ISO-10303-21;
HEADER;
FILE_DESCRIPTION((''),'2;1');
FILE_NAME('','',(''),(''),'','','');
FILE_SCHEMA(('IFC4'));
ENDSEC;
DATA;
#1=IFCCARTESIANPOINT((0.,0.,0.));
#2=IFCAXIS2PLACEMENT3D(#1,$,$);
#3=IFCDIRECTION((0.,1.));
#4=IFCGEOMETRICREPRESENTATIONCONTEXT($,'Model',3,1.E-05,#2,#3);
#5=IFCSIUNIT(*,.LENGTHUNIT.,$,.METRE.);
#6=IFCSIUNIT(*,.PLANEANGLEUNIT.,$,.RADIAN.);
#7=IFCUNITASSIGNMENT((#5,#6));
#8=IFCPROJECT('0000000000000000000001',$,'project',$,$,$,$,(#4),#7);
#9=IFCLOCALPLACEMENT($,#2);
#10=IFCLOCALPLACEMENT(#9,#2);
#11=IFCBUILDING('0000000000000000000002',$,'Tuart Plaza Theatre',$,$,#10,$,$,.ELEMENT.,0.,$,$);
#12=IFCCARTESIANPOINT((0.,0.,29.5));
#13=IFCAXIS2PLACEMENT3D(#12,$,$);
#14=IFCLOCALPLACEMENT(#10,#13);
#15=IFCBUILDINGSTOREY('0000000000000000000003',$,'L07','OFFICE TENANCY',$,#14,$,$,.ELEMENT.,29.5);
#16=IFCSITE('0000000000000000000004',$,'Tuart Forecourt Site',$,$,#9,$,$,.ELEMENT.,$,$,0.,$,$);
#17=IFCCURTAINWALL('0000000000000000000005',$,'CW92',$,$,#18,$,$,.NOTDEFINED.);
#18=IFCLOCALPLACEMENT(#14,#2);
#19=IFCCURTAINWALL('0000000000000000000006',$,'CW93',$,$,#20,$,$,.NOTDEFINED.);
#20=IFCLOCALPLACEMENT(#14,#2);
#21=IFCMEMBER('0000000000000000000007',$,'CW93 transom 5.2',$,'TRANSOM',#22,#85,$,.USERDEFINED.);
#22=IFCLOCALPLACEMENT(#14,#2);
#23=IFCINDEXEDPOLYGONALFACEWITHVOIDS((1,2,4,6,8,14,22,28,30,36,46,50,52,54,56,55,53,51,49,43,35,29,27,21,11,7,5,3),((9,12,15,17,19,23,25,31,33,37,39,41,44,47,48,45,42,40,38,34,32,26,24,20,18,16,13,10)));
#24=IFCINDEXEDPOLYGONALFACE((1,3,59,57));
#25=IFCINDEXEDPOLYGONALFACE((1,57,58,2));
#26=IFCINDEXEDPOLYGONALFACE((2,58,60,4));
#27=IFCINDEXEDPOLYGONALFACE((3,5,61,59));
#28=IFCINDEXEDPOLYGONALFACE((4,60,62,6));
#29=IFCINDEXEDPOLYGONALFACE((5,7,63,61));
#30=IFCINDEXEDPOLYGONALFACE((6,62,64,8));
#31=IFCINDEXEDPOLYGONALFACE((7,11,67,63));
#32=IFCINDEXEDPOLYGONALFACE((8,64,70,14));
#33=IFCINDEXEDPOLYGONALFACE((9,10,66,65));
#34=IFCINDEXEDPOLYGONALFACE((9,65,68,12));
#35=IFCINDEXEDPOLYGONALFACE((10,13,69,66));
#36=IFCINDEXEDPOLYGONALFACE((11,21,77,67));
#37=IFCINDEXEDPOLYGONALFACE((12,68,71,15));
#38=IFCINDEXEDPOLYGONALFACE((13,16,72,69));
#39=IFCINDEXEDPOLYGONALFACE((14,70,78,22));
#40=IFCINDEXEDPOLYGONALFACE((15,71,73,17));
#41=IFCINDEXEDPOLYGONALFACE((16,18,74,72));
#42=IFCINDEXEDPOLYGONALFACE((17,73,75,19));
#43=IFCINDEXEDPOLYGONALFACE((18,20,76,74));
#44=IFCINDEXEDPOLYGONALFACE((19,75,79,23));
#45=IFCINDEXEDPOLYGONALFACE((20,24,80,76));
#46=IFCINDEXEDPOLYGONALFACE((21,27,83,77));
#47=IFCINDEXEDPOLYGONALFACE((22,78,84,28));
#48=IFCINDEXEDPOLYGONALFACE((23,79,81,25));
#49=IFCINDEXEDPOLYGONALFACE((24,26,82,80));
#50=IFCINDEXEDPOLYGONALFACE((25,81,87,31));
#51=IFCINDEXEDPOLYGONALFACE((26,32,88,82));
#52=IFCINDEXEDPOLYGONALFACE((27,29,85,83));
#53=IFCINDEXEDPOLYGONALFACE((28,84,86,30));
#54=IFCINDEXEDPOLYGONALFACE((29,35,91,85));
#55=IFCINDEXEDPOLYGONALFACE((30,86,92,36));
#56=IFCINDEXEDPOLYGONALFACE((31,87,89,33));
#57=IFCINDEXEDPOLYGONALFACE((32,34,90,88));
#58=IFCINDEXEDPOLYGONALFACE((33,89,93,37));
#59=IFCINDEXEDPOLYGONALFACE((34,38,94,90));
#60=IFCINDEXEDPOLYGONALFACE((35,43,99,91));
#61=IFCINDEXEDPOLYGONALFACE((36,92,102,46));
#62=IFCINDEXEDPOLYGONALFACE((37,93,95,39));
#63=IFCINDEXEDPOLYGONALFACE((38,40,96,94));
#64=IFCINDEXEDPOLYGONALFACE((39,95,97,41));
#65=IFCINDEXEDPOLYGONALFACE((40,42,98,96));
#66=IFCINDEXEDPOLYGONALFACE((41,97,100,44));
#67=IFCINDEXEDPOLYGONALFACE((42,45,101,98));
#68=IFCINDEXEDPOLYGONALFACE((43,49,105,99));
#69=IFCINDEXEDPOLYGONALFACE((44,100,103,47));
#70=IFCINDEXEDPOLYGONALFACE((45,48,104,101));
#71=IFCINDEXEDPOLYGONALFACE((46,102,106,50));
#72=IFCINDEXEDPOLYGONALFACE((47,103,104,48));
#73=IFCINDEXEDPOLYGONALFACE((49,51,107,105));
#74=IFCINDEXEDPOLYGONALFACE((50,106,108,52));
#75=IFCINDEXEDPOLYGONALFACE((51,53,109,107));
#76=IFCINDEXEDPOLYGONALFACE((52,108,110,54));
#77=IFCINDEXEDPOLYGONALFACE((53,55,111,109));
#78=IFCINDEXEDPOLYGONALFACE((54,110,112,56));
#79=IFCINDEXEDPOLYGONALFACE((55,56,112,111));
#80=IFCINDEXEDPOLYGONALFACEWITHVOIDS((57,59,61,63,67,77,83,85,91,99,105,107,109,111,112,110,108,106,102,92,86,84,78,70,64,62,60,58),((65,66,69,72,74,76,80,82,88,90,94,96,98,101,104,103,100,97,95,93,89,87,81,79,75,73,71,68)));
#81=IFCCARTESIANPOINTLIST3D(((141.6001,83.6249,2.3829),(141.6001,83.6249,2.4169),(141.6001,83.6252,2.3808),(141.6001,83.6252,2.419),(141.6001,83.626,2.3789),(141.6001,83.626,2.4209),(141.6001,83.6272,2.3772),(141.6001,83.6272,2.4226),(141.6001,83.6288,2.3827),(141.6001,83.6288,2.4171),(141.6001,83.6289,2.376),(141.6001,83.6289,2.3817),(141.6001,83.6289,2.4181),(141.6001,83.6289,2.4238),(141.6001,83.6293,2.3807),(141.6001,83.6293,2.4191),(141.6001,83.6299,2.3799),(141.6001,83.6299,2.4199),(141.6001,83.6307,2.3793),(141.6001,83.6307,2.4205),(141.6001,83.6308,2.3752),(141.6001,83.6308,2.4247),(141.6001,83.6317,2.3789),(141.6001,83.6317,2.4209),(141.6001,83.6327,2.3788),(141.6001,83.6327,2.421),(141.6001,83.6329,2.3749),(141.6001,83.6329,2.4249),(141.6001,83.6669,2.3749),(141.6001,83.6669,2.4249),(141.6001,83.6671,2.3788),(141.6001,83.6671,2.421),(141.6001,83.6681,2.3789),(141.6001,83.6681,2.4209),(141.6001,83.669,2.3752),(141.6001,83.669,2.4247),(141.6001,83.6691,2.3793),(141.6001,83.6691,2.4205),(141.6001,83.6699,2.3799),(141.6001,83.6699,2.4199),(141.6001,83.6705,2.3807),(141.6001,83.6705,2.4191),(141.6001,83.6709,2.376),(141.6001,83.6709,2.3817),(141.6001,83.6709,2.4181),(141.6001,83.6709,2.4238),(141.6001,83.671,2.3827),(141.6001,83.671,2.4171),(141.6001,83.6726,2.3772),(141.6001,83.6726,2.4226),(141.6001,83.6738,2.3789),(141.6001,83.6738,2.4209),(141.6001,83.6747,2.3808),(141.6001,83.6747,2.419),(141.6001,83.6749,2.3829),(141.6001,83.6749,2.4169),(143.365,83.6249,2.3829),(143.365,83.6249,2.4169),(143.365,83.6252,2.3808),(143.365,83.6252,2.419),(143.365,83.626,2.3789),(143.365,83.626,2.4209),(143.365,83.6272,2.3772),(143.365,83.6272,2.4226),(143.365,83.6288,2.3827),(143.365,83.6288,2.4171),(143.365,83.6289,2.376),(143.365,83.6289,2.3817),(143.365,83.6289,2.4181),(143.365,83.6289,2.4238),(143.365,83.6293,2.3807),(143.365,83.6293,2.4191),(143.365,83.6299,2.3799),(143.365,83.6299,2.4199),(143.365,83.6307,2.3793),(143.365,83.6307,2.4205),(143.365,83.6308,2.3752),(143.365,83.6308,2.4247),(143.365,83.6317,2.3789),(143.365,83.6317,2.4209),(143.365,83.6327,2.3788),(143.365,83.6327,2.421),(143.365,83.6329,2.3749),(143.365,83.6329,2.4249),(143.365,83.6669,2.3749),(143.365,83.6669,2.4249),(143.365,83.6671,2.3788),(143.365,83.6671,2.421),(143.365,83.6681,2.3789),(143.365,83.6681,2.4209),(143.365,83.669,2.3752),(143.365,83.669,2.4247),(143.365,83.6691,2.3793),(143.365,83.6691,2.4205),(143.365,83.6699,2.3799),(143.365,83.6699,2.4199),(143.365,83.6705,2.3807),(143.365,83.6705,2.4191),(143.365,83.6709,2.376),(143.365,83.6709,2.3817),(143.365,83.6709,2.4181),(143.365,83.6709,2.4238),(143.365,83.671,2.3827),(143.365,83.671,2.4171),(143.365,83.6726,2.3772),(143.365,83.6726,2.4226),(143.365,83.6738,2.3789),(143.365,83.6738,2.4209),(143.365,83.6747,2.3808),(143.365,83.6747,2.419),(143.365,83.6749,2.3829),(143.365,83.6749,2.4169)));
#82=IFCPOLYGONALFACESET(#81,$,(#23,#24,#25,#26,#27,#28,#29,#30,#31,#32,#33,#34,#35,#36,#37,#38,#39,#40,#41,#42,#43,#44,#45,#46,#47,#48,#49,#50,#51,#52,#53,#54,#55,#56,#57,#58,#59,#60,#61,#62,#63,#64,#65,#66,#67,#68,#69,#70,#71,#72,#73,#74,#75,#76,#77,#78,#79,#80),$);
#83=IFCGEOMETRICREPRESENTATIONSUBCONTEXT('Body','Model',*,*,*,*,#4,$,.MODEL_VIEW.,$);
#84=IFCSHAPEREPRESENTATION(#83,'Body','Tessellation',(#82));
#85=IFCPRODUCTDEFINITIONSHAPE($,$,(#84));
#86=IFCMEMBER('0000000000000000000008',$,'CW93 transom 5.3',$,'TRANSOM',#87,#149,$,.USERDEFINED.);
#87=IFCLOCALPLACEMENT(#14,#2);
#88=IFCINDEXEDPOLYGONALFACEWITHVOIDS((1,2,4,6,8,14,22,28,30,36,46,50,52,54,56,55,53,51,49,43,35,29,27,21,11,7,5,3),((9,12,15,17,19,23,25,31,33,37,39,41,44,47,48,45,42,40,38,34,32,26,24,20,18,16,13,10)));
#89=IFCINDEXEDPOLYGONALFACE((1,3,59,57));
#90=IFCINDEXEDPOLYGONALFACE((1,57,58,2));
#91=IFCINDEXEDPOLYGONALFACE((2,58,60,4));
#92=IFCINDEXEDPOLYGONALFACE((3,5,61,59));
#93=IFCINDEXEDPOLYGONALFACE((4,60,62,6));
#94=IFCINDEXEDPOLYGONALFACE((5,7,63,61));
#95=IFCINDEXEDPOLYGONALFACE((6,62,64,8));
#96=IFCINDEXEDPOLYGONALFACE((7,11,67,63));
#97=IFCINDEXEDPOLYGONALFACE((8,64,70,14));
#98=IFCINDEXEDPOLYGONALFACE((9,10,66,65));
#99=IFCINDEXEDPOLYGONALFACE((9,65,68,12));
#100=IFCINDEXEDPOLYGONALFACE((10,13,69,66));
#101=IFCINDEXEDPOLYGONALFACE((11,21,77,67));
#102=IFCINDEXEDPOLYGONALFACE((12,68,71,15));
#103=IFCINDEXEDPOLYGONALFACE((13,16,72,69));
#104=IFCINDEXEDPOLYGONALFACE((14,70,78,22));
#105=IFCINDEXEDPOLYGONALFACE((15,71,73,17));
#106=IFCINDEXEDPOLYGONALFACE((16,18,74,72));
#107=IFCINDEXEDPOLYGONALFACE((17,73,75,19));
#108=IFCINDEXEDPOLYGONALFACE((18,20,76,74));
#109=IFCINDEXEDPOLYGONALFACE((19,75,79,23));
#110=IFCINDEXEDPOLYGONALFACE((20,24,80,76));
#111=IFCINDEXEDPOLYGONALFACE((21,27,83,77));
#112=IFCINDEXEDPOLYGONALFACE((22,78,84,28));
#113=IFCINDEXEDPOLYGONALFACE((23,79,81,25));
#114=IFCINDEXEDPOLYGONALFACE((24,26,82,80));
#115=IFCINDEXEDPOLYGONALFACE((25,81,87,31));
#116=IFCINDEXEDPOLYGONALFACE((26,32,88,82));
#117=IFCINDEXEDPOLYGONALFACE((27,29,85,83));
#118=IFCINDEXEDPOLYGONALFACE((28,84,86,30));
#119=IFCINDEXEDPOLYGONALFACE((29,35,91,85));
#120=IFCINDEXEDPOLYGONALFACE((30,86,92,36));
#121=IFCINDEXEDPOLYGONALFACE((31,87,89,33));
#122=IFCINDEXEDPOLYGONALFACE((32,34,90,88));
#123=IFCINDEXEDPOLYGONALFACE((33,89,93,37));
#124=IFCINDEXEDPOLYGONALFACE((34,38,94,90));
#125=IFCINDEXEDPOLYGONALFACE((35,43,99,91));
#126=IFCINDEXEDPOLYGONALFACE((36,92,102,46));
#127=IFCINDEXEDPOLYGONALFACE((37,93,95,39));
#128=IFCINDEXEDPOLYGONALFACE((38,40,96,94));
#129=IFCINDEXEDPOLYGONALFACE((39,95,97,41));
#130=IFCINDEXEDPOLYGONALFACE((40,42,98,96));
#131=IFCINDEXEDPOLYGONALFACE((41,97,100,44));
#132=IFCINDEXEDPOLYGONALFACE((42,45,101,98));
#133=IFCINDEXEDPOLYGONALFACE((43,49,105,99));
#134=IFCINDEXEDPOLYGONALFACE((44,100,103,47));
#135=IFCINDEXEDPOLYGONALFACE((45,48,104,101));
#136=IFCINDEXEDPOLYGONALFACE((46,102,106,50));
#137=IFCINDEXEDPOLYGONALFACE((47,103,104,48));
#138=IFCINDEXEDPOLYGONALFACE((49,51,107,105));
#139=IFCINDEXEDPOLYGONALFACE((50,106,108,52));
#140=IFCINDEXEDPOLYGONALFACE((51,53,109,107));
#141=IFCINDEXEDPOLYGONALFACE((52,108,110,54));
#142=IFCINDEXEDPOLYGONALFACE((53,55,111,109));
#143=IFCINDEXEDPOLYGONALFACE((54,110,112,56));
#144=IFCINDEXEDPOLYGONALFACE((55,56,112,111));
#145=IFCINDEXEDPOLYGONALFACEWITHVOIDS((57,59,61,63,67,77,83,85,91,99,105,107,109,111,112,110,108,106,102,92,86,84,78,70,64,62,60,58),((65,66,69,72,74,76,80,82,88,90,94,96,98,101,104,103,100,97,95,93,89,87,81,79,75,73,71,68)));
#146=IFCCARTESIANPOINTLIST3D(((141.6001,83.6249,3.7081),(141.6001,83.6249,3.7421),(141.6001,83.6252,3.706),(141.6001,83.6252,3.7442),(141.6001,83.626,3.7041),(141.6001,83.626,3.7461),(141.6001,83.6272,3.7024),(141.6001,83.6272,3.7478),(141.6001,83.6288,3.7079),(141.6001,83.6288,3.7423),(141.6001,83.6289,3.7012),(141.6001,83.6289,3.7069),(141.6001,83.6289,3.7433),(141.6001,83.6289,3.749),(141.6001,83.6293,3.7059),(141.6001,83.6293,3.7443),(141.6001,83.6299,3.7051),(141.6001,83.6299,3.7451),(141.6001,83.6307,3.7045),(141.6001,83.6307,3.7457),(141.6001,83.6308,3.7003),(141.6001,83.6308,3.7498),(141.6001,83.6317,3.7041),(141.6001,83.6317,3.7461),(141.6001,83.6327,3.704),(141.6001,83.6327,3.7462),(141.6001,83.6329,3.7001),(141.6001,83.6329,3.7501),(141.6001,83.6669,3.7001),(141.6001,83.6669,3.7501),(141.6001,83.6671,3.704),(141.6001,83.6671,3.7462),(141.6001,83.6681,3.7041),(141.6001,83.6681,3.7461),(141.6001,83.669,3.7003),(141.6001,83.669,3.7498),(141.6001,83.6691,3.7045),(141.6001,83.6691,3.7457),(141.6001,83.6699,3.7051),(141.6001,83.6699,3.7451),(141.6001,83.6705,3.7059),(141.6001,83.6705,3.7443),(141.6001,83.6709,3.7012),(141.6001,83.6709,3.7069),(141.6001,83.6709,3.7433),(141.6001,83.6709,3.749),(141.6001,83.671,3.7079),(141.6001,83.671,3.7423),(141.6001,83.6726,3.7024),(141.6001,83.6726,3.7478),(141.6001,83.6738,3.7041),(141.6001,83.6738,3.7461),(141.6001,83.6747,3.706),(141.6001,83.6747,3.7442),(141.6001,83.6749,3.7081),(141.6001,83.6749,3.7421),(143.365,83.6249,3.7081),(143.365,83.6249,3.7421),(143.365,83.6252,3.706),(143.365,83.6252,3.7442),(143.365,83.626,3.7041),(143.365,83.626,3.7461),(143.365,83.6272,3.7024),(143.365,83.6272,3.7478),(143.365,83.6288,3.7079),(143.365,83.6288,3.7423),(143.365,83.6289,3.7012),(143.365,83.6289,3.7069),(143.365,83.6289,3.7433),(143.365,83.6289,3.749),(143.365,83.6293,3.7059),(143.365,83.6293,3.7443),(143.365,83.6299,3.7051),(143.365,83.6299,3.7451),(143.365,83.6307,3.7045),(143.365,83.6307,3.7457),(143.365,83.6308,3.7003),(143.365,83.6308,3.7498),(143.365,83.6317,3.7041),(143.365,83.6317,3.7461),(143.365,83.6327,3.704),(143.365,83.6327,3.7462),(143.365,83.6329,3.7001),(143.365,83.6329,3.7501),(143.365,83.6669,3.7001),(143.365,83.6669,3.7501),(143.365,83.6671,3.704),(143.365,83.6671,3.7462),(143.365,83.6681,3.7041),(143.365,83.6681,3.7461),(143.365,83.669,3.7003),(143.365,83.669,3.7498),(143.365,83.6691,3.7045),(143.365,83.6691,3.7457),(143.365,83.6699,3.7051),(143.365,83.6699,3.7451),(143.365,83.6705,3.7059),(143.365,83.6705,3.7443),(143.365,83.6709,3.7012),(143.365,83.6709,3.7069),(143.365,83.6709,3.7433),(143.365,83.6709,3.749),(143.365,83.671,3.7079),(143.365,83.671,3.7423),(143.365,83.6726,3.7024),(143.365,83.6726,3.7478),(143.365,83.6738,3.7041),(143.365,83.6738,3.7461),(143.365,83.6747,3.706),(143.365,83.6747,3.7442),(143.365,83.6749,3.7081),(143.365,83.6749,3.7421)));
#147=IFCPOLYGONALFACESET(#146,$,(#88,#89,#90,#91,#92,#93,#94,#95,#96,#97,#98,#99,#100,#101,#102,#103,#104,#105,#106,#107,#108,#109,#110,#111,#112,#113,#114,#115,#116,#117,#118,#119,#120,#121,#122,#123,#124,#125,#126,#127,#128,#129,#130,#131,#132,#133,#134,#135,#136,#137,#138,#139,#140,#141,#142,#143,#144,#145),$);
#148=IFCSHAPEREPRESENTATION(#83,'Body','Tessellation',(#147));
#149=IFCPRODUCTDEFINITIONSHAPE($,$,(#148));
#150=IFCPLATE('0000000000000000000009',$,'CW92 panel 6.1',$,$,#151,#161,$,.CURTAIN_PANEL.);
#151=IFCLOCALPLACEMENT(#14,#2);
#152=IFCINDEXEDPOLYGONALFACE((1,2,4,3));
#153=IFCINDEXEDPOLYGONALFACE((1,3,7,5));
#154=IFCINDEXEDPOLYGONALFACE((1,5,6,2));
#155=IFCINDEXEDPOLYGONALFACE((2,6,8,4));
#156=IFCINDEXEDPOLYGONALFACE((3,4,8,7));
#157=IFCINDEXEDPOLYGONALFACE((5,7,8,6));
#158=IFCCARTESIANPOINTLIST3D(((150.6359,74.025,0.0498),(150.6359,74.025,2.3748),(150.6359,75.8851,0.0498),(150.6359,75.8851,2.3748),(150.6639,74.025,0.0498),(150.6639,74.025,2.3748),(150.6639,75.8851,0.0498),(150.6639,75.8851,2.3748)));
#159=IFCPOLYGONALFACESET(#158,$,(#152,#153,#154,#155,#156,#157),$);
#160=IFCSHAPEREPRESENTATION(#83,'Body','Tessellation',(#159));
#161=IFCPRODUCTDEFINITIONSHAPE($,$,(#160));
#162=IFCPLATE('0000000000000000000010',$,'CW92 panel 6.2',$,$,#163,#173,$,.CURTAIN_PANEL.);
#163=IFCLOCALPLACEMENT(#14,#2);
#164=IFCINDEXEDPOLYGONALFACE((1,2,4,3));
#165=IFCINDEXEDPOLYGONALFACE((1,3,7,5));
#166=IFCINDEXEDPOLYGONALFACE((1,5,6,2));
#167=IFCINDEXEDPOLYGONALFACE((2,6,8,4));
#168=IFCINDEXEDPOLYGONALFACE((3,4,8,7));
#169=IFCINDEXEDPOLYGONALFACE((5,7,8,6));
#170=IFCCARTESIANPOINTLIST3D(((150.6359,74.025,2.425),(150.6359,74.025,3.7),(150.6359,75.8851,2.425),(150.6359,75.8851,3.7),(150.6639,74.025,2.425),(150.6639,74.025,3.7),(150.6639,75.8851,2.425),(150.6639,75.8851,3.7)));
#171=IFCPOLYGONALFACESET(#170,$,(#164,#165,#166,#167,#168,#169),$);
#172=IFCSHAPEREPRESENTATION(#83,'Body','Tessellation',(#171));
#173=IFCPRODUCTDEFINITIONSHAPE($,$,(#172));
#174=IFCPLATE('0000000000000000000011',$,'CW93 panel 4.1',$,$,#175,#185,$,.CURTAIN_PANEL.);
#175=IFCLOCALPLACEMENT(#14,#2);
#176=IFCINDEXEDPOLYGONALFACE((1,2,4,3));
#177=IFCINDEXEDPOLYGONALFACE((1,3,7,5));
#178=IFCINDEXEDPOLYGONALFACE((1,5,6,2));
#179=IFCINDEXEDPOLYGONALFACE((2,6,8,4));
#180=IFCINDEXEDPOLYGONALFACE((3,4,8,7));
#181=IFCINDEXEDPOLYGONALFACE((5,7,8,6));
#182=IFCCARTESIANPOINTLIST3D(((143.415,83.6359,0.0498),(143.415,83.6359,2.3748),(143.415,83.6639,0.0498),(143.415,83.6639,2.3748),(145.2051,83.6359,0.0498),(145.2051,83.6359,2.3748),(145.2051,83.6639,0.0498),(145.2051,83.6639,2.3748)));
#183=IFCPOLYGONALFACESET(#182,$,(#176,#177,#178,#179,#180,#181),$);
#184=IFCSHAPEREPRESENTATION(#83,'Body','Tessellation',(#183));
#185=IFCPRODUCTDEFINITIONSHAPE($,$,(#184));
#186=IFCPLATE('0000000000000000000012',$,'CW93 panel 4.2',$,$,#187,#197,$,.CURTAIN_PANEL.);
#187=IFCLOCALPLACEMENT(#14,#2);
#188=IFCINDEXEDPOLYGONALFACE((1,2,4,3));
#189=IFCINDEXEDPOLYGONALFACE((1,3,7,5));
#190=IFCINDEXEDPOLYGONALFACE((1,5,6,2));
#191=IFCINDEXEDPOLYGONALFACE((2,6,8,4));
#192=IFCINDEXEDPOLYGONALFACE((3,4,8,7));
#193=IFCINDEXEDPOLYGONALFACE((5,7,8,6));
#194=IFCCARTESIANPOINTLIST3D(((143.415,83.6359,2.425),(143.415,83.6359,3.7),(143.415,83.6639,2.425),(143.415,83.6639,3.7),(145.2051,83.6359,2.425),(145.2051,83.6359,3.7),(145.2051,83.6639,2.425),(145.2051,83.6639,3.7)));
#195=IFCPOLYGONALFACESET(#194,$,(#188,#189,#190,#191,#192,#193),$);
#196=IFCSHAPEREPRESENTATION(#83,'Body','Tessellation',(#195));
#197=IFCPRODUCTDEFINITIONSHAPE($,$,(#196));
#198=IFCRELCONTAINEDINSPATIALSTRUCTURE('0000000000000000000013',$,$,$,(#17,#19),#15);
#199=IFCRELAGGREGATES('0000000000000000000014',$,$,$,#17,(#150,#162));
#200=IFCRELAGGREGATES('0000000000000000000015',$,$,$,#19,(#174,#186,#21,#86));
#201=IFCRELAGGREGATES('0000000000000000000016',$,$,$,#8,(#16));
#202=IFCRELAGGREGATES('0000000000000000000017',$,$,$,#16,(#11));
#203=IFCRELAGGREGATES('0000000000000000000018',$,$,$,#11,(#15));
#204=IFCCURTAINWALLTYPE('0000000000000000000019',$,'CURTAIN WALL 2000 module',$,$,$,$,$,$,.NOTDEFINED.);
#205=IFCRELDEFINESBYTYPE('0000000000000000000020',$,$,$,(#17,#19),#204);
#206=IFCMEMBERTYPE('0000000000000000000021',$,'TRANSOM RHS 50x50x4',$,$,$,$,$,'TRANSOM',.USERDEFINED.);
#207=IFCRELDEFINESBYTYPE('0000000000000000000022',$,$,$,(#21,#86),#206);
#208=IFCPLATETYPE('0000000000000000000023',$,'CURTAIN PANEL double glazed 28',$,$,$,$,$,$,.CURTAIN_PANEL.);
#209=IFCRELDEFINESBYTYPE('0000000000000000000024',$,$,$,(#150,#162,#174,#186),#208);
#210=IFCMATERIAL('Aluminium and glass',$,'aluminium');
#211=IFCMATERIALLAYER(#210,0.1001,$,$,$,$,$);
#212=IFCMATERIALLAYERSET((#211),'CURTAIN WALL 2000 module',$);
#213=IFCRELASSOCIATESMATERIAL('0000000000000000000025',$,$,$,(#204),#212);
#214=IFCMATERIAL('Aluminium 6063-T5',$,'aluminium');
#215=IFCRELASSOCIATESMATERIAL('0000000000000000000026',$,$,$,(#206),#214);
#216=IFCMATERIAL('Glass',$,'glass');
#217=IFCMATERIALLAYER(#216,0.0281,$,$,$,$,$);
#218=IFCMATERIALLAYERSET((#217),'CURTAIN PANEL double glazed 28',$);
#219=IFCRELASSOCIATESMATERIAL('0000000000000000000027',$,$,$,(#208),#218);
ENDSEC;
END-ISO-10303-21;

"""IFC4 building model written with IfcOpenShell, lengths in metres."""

from ifc_helpers import new_model, si_unit, direction, frame, origin, origin_2d, place, context, subcontext, project, spatial, rectangle, hollow_rectangle, extrude, material, layer, layer_set, material_profile, profile_set, type_object, element, aggregate, save


model = new_model("IFC4")

# Units and contexts
model_context = context("Model", 3, precision=1e-05, world=origin(), true_north=direction((0.0, 1.0)))
body_context = subcontext(model_context, "Body", "Model", "MODEL_VIEW")
ifc_project = project(units=[si_unit("LENGTHUNIT", "METRE"), si_unit("PLANEANGLEUNIT", "RADIAN")], contexts=[model_context])

# Site, building, storey
site_placement = place(None, origin())
site = spatial("IfcSite", under=ifc_project, at=site_placement, Name="Tuart Forecourt Site", CompositionType="ELEMENT", RefElevation=0.0)
building_placement = place(site_placement, origin())
building = spatial("IfcBuilding", under=site, at=building_placement, Name="Tuart Plaza Theatre", CompositionType="ELEMENT", ElevationOfRefHeight=0.0)
storey_placement = place(building_placement, frame((0.0, 0.0, 29.5)))
storey = spatial("IfcBuildingStorey", under=building, at=storey_placement, Name="L07", Description="OFFICE TENANCY", CompositionType="ELEMENT", Elevation=29.5)

# Curtain wall
ifc_material_1 = material(Name="Aluminium and glass", Category="aluminium")
ifc_layer_1 = layer(ifc_material_1, 0.1001)
ifc_layer_set_1 = layer_set([ifc_layer_1], Name="CURTAIN WALL 2000 module")
curtain_wall_type = type_object("IfcCurtainWallType", Name="CURTAIN WALL 2000 module", PredefinedType="NOTDEFINED", material=ifc_layer_set_1)
curtain_wall_1_placement = place(storey_placement, origin())
curtain_wall_1 = element("IfcCurtainWall", 1, at=curtain_wall_1_placement, inside=storey, type_object=curtain_wall_type, Name="CW92", PredefinedType="NOTDEFINED")

# Curtain wall
curtain_wall_2_placement = place(storey_placement, origin())
curtain_wall_2 = element("IfcCurtainWall", 2, at=curtain_wall_2_placement, inside=storey, type_object=curtain_wall_type, Name="CW93", PredefinedType="NOTDEFINED")

# Members
ifc_material_2 = material(Name="Aluminium 6063-T5", Category="aluminium")
ifc_material_profile_1 = material_profile(ifc_material_2, hollow_rectangle(XDim=0.05, YDim=0.05, WallThickness=0.0039, InnerFilletRadius=0.0039, OuterFilletRadius=0.0081, at=origin_2d()), Name="RHS 50x50x4")
ifc_profile_set_1 = profile_set([ifc_material_profile_1], Name="Aluminium 6063-T5")
member_type_1 = type_object("IfcMemberType", Name="TRANSOM RHS 50x50x4", ElementType="TRANSOM", PredefinedType="USERDEFINED", material=ifc_profile_set_1)
member_1_placement = place(storey_placement, frame((143.365, 83.6499, 2.3999), z_axis=(-1.0, 0.0, 0.0), x_axis=(0.0, -1.0, 0.0)))
member_1 = element("IfcMember", 3, at=member_1_placement, type_object=member_type_1, Name="CW93 transom 5.2", ObjectType="TRANSOM", PredefinedType="USERDEFINED", context=body_context, shape_type="SweptSolid", body=[
    extrude(hollow_rectangle(XDim=0.05, YDim=0.05, WallThickness=0.0039, InnerFilletRadius=0.0039, OuterFilletRadius=0.0081, at=origin_2d()), origin(), (0.0, 0.0, 1.0), 1.7649),
])
member_2_placement = place(storey_placement, frame((143.365, 83.6499, 3.7251), z_axis=(-1.0, 0.0, 0.0), x_axis=(0.0, -1.0, 0.0)))
member_2 = element("IfcMember", 4, at=member_2_placement, type_object=member_type_1, Name="CW93 transom 5.3", ObjectType="TRANSOM", PredefinedType="USERDEFINED", context=body_context, shape_type="SweptSolid", body=[
    extrude(hollow_rectangle(XDim=0.05, YDim=0.05, WallThickness=0.0039, InnerFilletRadius=0.0039, OuterFilletRadius=0.0081, at=origin_2d()), origin(), (0.0, 0.0, 1.0), 1.7649),
])

# Plates
ifc_material_3 = material(Name="Glass", Category="glass")
ifc_layer_2 = layer(ifc_material_3, 0.0281)
ifc_layer_set_2 = layer_set([ifc_layer_2], Name="CURTAIN PANEL double glazed 28")
plate_type = type_object("IfcPlateType", Name="CURTAIN PANEL double glazed 28", PredefinedType="CURTAIN_PANEL", material=ifc_layer_set_2)
plate_1_placement = place(storey_placement, frame((150.6499, 74.9551, 0.0498), z_axis=(0.0, 0.0, 1.0), x_axis=(0.0, 1.0, 0.0)))
plate_1 = element("IfcPlate", 5, at=plate_1_placement, type_object=plate_type, Name="CW92 panel 6.1", PredefinedType="CURTAIN_PANEL", context=body_context, shape_type="SweptSolid", body=[
    extrude(rectangle(XDim=1.8601, YDim=0.0281, at=origin_2d()), origin(), (0.0, 0.0, 1.0), 2.325),
])
plate_2_placement = place(storey_placement, frame((150.6499, 74.9551, 2.425), z_axis=(0.0, 0.0, 1.0), x_axis=(0.0, 1.0, 0.0)))
plate_2 = element("IfcPlate", 6, at=plate_2_placement, type_object=plate_type, Name="CW92 panel 6.2", PredefinedType="CURTAIN_PANEL", context=body_context, shape_type="SweptSolid", body=[
    extrude(rectangle(XDim=1.8601, YDim=0.0281, at=origin_2d()), origin(), (0.0, 0.0, 1.0), 1.2749),
])
aggregate(curtain_wall_1, [plate_1, plate_2])
plate_3_placement = place(storey_placement, frame((144.3101, 83.6499, 0.0498), z_axis=(0.0, 0.0, 1.0), x_axis=(-1.0, 0.0, 0.0)))
plate_3 = element("IfcPlate", 7, at=plate_3_placement, type_object=plate_type, Name="CW93 panel 4.1", PredefinedType="CURTAIN_PANEL", context=body_context, shape_type="SweptSolid", body=[
    extrude(rectangle(XDim=1.79, YDim=0.0281, at=origin_2d()), origin(), (0.0, 0.0, 1.0), 2.325),
])
plate_4_placement = place(storey_placement, frame((144.3101, 83.6499, 2.425), z_axis=(0.0, 0.0, 1.0), x_axis=(-1.0, 0.0, 0.0)))
plate_4 = element("IfcPlate", 8, at=plate_4_placement, type_object=plate_type, Name="CW93 panel 4.2", PredefinedType="CURTAIN_PANEL", context=body_context, shape_type="SweptSolid", body=[
    extrude(rectangle(XDim=1.79, YDim=0.0281, at=origin_2d()), origin(), (0.0, 0.0, 1.0), 1.2749),
])
aggregate(curtain_wall_2, [plate_3, plate_4, member_1, member_2])

save(model, "model.ifc")
